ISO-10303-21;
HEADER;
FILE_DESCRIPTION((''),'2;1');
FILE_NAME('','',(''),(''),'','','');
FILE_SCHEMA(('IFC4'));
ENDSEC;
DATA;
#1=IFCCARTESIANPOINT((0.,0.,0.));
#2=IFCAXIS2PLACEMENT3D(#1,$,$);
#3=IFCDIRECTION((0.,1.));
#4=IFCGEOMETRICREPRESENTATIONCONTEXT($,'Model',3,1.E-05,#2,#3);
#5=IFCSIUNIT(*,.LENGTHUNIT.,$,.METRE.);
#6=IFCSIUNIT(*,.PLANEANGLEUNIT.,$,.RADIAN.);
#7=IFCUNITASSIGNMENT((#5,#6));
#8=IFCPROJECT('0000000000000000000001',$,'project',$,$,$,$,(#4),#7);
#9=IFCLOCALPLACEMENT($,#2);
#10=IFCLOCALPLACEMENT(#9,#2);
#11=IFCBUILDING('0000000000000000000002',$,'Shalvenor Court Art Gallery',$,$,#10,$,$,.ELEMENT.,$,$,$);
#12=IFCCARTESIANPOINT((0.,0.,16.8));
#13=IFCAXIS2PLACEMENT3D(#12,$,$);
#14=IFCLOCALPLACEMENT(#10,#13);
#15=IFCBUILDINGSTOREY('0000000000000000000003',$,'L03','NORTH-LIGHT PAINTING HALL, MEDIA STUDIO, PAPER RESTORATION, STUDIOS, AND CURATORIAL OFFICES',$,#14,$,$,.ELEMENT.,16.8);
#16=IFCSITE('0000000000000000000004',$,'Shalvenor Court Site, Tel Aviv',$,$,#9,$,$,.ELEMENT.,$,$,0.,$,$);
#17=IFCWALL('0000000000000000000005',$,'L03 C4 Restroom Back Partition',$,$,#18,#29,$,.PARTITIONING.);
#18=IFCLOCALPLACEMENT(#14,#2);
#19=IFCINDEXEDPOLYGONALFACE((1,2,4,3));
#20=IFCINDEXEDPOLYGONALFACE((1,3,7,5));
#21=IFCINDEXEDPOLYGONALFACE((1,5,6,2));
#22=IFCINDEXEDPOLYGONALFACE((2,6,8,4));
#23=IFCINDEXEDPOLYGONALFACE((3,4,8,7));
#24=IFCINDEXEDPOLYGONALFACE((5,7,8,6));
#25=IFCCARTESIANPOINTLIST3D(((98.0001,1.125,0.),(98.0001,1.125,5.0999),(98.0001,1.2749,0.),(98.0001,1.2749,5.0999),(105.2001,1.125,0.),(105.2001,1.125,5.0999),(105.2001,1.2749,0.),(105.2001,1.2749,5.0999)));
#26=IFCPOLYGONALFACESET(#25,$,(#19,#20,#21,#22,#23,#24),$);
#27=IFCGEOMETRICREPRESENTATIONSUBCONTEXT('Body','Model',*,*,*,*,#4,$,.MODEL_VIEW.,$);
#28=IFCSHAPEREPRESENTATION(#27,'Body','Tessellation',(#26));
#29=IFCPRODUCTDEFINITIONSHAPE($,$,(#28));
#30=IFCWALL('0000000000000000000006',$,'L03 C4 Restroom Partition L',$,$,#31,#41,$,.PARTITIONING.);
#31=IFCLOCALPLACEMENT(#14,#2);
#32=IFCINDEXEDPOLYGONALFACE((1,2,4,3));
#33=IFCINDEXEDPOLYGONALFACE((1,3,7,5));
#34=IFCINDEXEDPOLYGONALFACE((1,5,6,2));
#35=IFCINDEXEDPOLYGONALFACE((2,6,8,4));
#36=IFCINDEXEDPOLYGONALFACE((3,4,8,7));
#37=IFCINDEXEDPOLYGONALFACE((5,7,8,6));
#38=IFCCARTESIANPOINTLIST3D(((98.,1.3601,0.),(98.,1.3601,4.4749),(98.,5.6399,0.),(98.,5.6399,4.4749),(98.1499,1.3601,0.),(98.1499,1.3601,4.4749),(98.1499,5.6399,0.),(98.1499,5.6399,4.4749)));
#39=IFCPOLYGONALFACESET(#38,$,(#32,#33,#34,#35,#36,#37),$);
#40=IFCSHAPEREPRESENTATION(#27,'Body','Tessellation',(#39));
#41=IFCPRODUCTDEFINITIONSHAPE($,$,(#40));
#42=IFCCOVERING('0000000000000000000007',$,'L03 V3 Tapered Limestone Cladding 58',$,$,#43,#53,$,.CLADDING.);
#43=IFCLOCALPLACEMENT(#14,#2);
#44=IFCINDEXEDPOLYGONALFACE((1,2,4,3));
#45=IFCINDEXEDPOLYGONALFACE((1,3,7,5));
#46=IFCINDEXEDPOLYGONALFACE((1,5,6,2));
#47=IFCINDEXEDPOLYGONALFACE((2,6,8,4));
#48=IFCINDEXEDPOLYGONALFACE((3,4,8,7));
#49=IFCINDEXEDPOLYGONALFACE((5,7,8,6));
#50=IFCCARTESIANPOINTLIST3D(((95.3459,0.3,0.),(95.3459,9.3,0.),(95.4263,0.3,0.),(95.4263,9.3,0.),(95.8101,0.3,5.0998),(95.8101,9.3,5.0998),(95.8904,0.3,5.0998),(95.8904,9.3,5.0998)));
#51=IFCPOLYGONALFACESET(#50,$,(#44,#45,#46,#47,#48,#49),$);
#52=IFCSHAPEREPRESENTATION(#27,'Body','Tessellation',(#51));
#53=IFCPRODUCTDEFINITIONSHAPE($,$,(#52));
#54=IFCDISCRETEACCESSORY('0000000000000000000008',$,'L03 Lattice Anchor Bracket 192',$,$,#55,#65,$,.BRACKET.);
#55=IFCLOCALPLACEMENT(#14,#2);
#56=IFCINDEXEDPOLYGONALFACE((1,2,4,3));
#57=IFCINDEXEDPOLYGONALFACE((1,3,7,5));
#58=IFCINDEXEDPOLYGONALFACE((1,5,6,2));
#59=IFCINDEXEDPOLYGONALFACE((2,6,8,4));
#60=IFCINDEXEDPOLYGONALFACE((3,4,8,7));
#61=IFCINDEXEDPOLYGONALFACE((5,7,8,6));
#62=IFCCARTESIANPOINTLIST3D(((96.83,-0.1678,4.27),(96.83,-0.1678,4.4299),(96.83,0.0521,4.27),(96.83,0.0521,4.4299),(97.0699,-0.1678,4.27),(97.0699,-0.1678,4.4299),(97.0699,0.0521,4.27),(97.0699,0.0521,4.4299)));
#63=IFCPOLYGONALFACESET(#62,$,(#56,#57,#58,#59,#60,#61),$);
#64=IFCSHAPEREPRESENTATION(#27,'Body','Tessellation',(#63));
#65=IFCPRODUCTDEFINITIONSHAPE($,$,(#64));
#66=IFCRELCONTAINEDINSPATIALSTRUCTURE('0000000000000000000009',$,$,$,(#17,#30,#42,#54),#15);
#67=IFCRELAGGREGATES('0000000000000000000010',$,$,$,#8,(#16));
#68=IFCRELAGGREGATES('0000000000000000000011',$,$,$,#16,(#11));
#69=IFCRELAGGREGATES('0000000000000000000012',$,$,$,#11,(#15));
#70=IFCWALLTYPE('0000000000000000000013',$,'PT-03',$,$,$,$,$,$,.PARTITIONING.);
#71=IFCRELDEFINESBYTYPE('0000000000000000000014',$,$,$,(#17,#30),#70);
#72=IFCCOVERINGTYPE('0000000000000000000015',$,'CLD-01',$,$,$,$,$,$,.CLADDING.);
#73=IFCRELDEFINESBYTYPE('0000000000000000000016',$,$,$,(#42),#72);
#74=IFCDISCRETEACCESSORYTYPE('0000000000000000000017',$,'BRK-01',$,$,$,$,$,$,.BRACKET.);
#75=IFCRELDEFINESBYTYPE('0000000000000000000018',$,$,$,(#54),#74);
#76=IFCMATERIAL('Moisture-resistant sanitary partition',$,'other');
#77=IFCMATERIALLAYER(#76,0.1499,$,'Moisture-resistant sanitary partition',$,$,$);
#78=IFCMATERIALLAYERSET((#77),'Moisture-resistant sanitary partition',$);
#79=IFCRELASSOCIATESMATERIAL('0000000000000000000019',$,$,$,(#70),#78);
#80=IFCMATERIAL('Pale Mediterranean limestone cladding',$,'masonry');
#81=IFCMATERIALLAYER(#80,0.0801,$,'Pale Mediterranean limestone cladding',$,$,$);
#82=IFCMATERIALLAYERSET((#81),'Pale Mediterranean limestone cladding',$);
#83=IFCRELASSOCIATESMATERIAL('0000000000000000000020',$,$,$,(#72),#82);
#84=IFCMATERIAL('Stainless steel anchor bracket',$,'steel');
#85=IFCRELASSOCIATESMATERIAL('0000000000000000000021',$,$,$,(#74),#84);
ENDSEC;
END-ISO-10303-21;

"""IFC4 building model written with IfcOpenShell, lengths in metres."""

from ifc_helpers import new_model, si_unit, direction, frame, frame_2d, origin, origin_2d, place, context, subcontext, project, spatial, polyline, rectangle, outline, extrude, material, layer, layer_set, type_object, element, save


model = new_model("IFC4")

# Units and contexts
model_context = context("Model", 3, precision=1e-05, world=origin(), true_north=direction((0.0, 1.0)))
body_context = subcontext(model_context, "Body", "Model", "MODEL_VIEW")
ifc_project = project(units=[si_unit("LENGTHUNIT", "METRE"), si_unit("PLANEANGLEUNIT", "RADIAN")], contexts=[model_context])

# Site, building, storey
site_placement = place(None, origin())
site = spatial("IfcSite", under=ifc_project, at=site_placement, Name="Shalvenor Court Site, Tel Aviv", CompositionType="ELEMENT", RefElevation=0.0)
building_placement = place(site_placement, origin())
building = spatial("IfcBuilding", under=site, at=building_placement, Name="Shalvenor Court Art Gallery", CompositionType="ELEMENT")
storey_placement = place(building_placement, frame((0.0, 0.0, 16.8)))
storey = spatial("IfcBuildingStorey", under=building, at=storey_placement, Name="L03", Description="NORTH-LIGHT PAINTING HALL, MEDIA STUDIO, PAPER RESTORATION, STUDIOS, AND CURATORIAL OFFICES", CompositionType="ELEMENT", Elevation=16.8)

# Shared definitions
ifc_material_1 = material(Name="Moisture-resistant sanitary partition", Category="other")
ifc_layer_1 = layer(ifc_material_1, 0.1499, Name="Moisture-resistant sanitary partition")
ifc_layer_set_1 = layer_set([ifc_layer_1], Name="Moisture-resistant sanitary partition")
wall_type_1 = type_object("IfcWallType", Name="PT-03", PredefinedType="PARTITIONING", material=ifc_layer_set_1)

# Walls
wall_1_placement = place(storey_placement, frame((98.0, 1.2, 0.0), z_axis=(0.0, 0.0, 1.0), x_axis=(1.0, 0.0, 0.0)))
element("IfcWall", 1, at=wall_1_placement, inside=storey, type_object=wall_type_1, Name="L03 C4 Restroom Back Partition", PredefinedType="PARTITIONING", context=body_context, shape_type="SweptSolid", body=[
    extrude(rectangle(XDim=7.2, YDim=0.1499, at=frame_2d((3.6001, 0.0))), origin(), (0.0, 0.0, 1.0), 5.0999),
])
wall_2_placement = place(storey_placement, frame((98.075, 1.3601, 0.0), z_axis=(0.0, 0.0, 1.0), x_axis=(0.0, 1.0, 0.0)))
element("IfcWall", 2, at=wall_2_placement, inside=storey, type_object=wall_type_1, Name="L03 C4 Restroom Partition L", PredefinedType="PARTITIONING", context=body_context, shape_type="SweptSolid", body=[
    extrude(rectangle(XDim=4.2798, YDim=0.1499, at=frame_2d((2.1399, 0.0))), origin(), (0.0, 0.0, 1.0), 4.4749),
])

# Covering
ifc_material_2 = material(Name="Pale Mediterranean limestone cladding", Category="masonry")
ifc_layer_2 = layer(ifc_material_2, 0.0801, Name="Pale Mediterranean limestone cladding")
ifc_layer_set_2 = layer_set([ifc_layer_2], Name="Pale Mediterranean limestone cladding")
covering_type = type_object("IfcCoveringType", Name="CLD-01", PredefinedType="CLADDING", material=ifc_layer_set_2)
covering_placement = place(storey_placement, frame((95.3459, 9.3, 0.0), z_axis=(0.0, 0.0, 1.0), x_axis=(0.0, -1.0, 0.0)))
element("IfcCovering", 3, at=covering_placement, inside=storey, type_object=covering_type, Name="L03 V3 Tapered Limestone Cladding 58", PredefinedType="CLADDING", context=body_context, shape_type="SweptSolid", body=[
    extrude(outline(polyline([(0.0, 0.0), (9.0, 0.0), (9.0, 5.1208), (0.0, 5.1208), (0.0, 0.0)])), frame((0.0, 0.0, 0.0), z_axis=(0.0, -0.995884, 0.090633), x_axis=(1.0, 0.0, 0.0)), (0.0, 0.090633, -0.995884), 0.0803),
])

# Discrete accessory
ifc_material_3 = material(Name="Stainless steel anchor bracket", Category="steel")
discrete_accessory_type = type_object("IfcDiscreteAccessoryType", Name="BRK-01", PredefinedType="BRACKET", material=ifc_material_3)
discrete_accessory_placement = place(storey_placement, frame((96.95, -0.0579, 4.27), z_axis=(0.0, 0.0, 1.0), x_axis=(-1.0, 0.0, 0.0)))
element("IfcDiscreteAccessory", 4, at=discrete_accessory_placement, inside=storey, type_object=discrete_accessory_type, Name="L03 Lattice Anchor Bracket 192", PredefinedType="BRACKET", context=body_context, shape_type="SweptSolid", body=[
    extrude(rectangle(XDim=0.24, YDim=0.22, at=origin_2d()), origin(), (0.0, 0.0, 1.0), 0.1599),
])

save(model, "model.ifc")
